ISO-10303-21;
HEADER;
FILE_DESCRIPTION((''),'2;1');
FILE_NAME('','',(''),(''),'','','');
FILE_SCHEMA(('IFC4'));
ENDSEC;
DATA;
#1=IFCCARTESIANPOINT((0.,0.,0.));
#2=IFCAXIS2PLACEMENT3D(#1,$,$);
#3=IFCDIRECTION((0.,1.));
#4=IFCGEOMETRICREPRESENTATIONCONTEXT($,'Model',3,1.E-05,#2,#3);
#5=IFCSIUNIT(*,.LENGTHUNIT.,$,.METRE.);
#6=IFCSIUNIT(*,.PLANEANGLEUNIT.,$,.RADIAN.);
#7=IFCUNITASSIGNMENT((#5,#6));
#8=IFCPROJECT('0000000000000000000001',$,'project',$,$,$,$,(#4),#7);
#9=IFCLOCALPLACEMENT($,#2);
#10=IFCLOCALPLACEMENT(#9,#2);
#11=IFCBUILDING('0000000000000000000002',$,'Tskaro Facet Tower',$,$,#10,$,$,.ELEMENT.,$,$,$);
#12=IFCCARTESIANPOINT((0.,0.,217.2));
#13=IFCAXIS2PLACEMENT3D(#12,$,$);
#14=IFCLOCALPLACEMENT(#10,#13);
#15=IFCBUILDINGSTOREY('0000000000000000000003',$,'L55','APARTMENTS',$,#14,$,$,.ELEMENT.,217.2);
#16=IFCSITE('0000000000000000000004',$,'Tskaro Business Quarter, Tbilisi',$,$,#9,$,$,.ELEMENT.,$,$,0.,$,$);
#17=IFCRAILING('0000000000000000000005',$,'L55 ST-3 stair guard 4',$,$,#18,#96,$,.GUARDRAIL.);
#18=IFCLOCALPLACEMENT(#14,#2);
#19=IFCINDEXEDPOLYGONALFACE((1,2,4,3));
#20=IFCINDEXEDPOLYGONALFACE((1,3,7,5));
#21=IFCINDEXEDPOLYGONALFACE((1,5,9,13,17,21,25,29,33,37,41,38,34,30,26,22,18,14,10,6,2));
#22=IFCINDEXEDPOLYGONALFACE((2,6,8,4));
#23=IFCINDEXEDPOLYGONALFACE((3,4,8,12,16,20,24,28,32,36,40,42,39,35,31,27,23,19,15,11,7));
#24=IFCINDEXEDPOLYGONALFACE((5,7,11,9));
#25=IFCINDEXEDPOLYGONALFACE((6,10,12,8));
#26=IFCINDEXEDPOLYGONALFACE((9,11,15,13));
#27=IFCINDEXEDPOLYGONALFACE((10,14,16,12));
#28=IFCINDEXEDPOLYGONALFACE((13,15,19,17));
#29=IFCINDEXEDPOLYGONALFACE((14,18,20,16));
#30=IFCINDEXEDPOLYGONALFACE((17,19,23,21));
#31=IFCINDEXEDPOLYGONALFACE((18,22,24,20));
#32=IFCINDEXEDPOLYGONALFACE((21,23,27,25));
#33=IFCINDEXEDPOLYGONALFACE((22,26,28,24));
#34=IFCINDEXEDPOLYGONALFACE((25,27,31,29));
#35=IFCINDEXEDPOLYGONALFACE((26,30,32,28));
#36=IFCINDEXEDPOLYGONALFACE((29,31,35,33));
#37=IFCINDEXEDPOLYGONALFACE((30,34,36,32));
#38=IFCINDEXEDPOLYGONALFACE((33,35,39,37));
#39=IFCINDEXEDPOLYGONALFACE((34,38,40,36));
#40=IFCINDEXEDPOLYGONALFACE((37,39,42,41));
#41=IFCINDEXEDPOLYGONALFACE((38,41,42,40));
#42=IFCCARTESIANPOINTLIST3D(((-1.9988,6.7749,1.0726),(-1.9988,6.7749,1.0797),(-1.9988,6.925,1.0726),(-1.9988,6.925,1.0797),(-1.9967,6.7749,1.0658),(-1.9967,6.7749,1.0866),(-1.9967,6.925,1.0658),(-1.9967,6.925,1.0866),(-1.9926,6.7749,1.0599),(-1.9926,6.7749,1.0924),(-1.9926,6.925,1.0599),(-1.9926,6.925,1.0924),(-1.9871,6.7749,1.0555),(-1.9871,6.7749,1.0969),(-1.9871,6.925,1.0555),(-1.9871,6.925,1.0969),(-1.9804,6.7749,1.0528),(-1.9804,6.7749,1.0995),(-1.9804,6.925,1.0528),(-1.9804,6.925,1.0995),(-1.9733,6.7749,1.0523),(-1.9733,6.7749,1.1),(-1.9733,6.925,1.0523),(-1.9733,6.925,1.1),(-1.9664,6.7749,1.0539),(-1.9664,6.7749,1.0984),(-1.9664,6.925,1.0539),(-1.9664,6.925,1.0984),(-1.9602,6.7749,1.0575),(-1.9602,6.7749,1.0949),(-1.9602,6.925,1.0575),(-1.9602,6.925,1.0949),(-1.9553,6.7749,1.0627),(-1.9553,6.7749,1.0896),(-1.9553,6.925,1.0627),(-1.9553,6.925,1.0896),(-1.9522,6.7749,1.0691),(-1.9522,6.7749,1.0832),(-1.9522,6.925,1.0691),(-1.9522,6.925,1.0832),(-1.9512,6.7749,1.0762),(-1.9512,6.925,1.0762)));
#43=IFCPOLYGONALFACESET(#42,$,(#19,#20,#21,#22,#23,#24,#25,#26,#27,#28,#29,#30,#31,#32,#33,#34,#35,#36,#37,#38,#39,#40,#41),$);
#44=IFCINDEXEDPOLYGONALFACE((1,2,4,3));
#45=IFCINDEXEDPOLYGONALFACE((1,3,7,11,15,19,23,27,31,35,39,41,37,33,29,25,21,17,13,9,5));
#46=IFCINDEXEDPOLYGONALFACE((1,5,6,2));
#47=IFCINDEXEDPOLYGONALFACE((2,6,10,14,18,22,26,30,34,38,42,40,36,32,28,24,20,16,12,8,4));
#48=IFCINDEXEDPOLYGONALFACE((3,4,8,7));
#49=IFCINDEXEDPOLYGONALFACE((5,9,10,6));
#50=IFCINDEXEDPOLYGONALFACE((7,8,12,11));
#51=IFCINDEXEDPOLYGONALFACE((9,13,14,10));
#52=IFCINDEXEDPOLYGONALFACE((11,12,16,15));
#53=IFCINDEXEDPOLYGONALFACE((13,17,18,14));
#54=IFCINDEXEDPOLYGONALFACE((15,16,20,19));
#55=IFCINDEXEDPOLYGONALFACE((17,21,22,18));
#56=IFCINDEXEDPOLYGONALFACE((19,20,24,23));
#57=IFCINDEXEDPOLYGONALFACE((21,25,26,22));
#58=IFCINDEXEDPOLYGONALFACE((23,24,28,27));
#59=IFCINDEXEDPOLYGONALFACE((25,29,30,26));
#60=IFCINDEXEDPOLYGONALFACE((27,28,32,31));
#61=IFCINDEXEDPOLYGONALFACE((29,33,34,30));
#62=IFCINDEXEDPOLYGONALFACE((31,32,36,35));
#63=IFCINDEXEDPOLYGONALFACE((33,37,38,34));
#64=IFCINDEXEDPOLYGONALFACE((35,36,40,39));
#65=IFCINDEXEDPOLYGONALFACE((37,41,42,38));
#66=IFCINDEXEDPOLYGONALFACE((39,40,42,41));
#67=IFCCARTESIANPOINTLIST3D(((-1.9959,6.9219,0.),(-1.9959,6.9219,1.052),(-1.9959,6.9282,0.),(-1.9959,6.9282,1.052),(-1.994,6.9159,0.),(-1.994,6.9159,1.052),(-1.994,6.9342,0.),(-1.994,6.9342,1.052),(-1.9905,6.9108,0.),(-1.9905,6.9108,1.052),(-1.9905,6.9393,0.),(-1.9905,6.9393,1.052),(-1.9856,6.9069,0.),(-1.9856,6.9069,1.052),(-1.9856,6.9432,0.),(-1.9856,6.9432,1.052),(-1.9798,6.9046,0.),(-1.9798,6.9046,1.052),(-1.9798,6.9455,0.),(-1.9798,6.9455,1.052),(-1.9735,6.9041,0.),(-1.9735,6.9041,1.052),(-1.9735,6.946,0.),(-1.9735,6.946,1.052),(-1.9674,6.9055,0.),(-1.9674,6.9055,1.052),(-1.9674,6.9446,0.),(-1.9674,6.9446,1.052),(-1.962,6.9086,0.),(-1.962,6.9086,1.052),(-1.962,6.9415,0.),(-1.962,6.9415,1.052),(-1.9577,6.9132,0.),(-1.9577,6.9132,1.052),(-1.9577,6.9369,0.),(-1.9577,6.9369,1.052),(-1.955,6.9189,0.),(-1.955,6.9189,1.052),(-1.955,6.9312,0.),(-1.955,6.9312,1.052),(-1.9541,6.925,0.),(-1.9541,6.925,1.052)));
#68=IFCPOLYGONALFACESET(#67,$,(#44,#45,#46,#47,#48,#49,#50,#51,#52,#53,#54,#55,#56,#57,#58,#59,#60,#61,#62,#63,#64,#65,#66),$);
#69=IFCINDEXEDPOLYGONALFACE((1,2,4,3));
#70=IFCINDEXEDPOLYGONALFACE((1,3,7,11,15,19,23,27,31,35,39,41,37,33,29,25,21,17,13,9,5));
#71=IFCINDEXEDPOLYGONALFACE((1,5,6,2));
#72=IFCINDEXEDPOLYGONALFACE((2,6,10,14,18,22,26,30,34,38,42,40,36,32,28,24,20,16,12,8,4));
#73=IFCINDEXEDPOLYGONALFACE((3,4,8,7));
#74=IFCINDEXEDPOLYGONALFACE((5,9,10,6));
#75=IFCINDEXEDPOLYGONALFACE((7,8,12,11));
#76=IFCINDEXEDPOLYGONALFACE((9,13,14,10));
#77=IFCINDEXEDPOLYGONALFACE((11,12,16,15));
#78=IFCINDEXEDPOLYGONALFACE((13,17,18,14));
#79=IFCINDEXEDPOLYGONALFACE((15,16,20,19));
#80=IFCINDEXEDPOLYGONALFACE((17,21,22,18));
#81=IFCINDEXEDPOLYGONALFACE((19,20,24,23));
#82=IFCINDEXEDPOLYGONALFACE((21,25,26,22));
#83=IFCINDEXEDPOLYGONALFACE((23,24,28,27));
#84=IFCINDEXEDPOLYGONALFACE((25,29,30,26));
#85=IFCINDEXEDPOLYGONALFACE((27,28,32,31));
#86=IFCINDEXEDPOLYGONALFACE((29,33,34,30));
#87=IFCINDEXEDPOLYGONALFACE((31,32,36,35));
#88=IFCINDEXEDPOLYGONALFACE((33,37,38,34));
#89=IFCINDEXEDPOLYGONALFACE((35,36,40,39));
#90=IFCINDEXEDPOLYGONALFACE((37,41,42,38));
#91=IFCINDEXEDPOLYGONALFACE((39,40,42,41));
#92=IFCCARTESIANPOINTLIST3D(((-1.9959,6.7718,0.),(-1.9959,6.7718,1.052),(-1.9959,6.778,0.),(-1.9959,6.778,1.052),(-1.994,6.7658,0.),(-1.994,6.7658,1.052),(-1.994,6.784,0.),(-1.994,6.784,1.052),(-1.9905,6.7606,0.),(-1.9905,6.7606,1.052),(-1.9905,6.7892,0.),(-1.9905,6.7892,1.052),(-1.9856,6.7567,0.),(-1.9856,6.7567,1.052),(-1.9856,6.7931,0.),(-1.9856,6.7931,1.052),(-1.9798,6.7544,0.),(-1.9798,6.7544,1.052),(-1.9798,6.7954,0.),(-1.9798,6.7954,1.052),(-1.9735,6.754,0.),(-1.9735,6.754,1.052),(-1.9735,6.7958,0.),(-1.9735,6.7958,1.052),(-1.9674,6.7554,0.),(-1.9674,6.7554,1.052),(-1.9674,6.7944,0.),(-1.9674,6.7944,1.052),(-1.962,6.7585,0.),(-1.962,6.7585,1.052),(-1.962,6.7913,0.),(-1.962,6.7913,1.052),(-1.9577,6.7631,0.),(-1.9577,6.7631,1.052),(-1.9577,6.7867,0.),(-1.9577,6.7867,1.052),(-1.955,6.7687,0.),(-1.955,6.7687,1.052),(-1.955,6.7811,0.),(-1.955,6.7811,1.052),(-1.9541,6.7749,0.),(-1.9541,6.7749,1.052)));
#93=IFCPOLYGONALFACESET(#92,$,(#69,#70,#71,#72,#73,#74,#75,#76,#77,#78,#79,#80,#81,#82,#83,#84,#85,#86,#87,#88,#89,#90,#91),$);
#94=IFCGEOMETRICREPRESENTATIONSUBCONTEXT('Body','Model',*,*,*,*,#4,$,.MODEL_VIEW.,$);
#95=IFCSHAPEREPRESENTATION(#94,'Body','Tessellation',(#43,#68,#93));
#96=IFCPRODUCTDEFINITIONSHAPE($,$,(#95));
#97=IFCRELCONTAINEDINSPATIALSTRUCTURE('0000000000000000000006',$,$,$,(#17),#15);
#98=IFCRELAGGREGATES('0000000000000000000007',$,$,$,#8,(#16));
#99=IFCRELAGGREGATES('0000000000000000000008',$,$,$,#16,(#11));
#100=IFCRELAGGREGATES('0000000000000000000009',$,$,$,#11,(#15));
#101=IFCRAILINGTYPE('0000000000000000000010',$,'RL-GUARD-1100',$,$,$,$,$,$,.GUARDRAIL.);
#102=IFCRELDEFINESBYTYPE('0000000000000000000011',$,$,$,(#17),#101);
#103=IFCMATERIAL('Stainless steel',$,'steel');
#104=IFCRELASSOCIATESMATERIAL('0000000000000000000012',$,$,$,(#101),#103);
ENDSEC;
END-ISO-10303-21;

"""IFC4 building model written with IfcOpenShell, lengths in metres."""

from ifc_helpers import new_model, si_unit, direction, frame, origin, origin_2d, place, context, subcontext, project, spatial, circle, extrude, material, type_object, element, save


model = new_model("IFC4")

# Units and contexts
model_context = context("Model", 3, precision=1e-05, world=origin(), true_north=direction((0.0, 1.0)))
body_context = subcontext(model_context, "Body", "Model", "MODEL_VIEW")
ifc_project = project(units=[si_unit("LENGTHUNIT", "METRE"), si_unit("PLANEANGLEUNIT", "RADIAN")], contexts=[model_context])

# Site, building, storey
site_placement = place(None, origin())
site = spatial("IfcSite", under=ifc_project, at=site_placement, Name="Tskaro Business Quarter, Tbilisi", CompositionType="ELEMENT", RefElevation=0.0)
building_placement = place(site_placement, origin())
building = spatial("IfcBuilding", under=site, at=building_placement, Name="Tskaro Facet Tower", CompositionType="ELEMENT")
storey_placement = place(building_placement, frame((0.0, 0.0, 217.2)))
storey = spatial("IfcBuildingStorey", under=building, at=storey_placement, Name="L55", Description="APARTMENTS", CompositionType="ELEMENT", Elevation=217.2)

# Railing
ifc_material_1 = material(Name="Stainless steel", Category="steel")
railing_type_1 = type_object("IfcRailingType", Name="RL-GUARD-1100", PredefinedType="GUARDRAIL", material=ifc_material_1)
railing_1_placement = place(storey_placement, frame((-1.9751, 6.925, 0.0)))
element("IfcRailing", 1, at=railing_1_placement, inside=storey, type_object=railing_type_1, Name="L55 ST-3 stair guard 4", PredefinedType="GUARDRAIL", context=body_context, shape_type="SweptSolid", body=[
    extrude(circle(Radius=0.0239, at=origin_2d()), frame((0.0, 0.0, 1.0762), z_axis=(0.0, -1.0, 0.0), x_axis=(1.0, 0.0, 0.0)), (0.0, 0.0, 1.0), 0.1501),
    extrude(circle(Radius=0.021, at=origin_2d()), origin(), (0.0, 0.0, 1.0), 1.052),
    extrude(circle(Radius=0.021, at=origin_2d()), frame((0.0, -0.1501, 0.0)), (0.0, 0.0, 1.0), 1.052),
])

save(model, "model.ifc")
